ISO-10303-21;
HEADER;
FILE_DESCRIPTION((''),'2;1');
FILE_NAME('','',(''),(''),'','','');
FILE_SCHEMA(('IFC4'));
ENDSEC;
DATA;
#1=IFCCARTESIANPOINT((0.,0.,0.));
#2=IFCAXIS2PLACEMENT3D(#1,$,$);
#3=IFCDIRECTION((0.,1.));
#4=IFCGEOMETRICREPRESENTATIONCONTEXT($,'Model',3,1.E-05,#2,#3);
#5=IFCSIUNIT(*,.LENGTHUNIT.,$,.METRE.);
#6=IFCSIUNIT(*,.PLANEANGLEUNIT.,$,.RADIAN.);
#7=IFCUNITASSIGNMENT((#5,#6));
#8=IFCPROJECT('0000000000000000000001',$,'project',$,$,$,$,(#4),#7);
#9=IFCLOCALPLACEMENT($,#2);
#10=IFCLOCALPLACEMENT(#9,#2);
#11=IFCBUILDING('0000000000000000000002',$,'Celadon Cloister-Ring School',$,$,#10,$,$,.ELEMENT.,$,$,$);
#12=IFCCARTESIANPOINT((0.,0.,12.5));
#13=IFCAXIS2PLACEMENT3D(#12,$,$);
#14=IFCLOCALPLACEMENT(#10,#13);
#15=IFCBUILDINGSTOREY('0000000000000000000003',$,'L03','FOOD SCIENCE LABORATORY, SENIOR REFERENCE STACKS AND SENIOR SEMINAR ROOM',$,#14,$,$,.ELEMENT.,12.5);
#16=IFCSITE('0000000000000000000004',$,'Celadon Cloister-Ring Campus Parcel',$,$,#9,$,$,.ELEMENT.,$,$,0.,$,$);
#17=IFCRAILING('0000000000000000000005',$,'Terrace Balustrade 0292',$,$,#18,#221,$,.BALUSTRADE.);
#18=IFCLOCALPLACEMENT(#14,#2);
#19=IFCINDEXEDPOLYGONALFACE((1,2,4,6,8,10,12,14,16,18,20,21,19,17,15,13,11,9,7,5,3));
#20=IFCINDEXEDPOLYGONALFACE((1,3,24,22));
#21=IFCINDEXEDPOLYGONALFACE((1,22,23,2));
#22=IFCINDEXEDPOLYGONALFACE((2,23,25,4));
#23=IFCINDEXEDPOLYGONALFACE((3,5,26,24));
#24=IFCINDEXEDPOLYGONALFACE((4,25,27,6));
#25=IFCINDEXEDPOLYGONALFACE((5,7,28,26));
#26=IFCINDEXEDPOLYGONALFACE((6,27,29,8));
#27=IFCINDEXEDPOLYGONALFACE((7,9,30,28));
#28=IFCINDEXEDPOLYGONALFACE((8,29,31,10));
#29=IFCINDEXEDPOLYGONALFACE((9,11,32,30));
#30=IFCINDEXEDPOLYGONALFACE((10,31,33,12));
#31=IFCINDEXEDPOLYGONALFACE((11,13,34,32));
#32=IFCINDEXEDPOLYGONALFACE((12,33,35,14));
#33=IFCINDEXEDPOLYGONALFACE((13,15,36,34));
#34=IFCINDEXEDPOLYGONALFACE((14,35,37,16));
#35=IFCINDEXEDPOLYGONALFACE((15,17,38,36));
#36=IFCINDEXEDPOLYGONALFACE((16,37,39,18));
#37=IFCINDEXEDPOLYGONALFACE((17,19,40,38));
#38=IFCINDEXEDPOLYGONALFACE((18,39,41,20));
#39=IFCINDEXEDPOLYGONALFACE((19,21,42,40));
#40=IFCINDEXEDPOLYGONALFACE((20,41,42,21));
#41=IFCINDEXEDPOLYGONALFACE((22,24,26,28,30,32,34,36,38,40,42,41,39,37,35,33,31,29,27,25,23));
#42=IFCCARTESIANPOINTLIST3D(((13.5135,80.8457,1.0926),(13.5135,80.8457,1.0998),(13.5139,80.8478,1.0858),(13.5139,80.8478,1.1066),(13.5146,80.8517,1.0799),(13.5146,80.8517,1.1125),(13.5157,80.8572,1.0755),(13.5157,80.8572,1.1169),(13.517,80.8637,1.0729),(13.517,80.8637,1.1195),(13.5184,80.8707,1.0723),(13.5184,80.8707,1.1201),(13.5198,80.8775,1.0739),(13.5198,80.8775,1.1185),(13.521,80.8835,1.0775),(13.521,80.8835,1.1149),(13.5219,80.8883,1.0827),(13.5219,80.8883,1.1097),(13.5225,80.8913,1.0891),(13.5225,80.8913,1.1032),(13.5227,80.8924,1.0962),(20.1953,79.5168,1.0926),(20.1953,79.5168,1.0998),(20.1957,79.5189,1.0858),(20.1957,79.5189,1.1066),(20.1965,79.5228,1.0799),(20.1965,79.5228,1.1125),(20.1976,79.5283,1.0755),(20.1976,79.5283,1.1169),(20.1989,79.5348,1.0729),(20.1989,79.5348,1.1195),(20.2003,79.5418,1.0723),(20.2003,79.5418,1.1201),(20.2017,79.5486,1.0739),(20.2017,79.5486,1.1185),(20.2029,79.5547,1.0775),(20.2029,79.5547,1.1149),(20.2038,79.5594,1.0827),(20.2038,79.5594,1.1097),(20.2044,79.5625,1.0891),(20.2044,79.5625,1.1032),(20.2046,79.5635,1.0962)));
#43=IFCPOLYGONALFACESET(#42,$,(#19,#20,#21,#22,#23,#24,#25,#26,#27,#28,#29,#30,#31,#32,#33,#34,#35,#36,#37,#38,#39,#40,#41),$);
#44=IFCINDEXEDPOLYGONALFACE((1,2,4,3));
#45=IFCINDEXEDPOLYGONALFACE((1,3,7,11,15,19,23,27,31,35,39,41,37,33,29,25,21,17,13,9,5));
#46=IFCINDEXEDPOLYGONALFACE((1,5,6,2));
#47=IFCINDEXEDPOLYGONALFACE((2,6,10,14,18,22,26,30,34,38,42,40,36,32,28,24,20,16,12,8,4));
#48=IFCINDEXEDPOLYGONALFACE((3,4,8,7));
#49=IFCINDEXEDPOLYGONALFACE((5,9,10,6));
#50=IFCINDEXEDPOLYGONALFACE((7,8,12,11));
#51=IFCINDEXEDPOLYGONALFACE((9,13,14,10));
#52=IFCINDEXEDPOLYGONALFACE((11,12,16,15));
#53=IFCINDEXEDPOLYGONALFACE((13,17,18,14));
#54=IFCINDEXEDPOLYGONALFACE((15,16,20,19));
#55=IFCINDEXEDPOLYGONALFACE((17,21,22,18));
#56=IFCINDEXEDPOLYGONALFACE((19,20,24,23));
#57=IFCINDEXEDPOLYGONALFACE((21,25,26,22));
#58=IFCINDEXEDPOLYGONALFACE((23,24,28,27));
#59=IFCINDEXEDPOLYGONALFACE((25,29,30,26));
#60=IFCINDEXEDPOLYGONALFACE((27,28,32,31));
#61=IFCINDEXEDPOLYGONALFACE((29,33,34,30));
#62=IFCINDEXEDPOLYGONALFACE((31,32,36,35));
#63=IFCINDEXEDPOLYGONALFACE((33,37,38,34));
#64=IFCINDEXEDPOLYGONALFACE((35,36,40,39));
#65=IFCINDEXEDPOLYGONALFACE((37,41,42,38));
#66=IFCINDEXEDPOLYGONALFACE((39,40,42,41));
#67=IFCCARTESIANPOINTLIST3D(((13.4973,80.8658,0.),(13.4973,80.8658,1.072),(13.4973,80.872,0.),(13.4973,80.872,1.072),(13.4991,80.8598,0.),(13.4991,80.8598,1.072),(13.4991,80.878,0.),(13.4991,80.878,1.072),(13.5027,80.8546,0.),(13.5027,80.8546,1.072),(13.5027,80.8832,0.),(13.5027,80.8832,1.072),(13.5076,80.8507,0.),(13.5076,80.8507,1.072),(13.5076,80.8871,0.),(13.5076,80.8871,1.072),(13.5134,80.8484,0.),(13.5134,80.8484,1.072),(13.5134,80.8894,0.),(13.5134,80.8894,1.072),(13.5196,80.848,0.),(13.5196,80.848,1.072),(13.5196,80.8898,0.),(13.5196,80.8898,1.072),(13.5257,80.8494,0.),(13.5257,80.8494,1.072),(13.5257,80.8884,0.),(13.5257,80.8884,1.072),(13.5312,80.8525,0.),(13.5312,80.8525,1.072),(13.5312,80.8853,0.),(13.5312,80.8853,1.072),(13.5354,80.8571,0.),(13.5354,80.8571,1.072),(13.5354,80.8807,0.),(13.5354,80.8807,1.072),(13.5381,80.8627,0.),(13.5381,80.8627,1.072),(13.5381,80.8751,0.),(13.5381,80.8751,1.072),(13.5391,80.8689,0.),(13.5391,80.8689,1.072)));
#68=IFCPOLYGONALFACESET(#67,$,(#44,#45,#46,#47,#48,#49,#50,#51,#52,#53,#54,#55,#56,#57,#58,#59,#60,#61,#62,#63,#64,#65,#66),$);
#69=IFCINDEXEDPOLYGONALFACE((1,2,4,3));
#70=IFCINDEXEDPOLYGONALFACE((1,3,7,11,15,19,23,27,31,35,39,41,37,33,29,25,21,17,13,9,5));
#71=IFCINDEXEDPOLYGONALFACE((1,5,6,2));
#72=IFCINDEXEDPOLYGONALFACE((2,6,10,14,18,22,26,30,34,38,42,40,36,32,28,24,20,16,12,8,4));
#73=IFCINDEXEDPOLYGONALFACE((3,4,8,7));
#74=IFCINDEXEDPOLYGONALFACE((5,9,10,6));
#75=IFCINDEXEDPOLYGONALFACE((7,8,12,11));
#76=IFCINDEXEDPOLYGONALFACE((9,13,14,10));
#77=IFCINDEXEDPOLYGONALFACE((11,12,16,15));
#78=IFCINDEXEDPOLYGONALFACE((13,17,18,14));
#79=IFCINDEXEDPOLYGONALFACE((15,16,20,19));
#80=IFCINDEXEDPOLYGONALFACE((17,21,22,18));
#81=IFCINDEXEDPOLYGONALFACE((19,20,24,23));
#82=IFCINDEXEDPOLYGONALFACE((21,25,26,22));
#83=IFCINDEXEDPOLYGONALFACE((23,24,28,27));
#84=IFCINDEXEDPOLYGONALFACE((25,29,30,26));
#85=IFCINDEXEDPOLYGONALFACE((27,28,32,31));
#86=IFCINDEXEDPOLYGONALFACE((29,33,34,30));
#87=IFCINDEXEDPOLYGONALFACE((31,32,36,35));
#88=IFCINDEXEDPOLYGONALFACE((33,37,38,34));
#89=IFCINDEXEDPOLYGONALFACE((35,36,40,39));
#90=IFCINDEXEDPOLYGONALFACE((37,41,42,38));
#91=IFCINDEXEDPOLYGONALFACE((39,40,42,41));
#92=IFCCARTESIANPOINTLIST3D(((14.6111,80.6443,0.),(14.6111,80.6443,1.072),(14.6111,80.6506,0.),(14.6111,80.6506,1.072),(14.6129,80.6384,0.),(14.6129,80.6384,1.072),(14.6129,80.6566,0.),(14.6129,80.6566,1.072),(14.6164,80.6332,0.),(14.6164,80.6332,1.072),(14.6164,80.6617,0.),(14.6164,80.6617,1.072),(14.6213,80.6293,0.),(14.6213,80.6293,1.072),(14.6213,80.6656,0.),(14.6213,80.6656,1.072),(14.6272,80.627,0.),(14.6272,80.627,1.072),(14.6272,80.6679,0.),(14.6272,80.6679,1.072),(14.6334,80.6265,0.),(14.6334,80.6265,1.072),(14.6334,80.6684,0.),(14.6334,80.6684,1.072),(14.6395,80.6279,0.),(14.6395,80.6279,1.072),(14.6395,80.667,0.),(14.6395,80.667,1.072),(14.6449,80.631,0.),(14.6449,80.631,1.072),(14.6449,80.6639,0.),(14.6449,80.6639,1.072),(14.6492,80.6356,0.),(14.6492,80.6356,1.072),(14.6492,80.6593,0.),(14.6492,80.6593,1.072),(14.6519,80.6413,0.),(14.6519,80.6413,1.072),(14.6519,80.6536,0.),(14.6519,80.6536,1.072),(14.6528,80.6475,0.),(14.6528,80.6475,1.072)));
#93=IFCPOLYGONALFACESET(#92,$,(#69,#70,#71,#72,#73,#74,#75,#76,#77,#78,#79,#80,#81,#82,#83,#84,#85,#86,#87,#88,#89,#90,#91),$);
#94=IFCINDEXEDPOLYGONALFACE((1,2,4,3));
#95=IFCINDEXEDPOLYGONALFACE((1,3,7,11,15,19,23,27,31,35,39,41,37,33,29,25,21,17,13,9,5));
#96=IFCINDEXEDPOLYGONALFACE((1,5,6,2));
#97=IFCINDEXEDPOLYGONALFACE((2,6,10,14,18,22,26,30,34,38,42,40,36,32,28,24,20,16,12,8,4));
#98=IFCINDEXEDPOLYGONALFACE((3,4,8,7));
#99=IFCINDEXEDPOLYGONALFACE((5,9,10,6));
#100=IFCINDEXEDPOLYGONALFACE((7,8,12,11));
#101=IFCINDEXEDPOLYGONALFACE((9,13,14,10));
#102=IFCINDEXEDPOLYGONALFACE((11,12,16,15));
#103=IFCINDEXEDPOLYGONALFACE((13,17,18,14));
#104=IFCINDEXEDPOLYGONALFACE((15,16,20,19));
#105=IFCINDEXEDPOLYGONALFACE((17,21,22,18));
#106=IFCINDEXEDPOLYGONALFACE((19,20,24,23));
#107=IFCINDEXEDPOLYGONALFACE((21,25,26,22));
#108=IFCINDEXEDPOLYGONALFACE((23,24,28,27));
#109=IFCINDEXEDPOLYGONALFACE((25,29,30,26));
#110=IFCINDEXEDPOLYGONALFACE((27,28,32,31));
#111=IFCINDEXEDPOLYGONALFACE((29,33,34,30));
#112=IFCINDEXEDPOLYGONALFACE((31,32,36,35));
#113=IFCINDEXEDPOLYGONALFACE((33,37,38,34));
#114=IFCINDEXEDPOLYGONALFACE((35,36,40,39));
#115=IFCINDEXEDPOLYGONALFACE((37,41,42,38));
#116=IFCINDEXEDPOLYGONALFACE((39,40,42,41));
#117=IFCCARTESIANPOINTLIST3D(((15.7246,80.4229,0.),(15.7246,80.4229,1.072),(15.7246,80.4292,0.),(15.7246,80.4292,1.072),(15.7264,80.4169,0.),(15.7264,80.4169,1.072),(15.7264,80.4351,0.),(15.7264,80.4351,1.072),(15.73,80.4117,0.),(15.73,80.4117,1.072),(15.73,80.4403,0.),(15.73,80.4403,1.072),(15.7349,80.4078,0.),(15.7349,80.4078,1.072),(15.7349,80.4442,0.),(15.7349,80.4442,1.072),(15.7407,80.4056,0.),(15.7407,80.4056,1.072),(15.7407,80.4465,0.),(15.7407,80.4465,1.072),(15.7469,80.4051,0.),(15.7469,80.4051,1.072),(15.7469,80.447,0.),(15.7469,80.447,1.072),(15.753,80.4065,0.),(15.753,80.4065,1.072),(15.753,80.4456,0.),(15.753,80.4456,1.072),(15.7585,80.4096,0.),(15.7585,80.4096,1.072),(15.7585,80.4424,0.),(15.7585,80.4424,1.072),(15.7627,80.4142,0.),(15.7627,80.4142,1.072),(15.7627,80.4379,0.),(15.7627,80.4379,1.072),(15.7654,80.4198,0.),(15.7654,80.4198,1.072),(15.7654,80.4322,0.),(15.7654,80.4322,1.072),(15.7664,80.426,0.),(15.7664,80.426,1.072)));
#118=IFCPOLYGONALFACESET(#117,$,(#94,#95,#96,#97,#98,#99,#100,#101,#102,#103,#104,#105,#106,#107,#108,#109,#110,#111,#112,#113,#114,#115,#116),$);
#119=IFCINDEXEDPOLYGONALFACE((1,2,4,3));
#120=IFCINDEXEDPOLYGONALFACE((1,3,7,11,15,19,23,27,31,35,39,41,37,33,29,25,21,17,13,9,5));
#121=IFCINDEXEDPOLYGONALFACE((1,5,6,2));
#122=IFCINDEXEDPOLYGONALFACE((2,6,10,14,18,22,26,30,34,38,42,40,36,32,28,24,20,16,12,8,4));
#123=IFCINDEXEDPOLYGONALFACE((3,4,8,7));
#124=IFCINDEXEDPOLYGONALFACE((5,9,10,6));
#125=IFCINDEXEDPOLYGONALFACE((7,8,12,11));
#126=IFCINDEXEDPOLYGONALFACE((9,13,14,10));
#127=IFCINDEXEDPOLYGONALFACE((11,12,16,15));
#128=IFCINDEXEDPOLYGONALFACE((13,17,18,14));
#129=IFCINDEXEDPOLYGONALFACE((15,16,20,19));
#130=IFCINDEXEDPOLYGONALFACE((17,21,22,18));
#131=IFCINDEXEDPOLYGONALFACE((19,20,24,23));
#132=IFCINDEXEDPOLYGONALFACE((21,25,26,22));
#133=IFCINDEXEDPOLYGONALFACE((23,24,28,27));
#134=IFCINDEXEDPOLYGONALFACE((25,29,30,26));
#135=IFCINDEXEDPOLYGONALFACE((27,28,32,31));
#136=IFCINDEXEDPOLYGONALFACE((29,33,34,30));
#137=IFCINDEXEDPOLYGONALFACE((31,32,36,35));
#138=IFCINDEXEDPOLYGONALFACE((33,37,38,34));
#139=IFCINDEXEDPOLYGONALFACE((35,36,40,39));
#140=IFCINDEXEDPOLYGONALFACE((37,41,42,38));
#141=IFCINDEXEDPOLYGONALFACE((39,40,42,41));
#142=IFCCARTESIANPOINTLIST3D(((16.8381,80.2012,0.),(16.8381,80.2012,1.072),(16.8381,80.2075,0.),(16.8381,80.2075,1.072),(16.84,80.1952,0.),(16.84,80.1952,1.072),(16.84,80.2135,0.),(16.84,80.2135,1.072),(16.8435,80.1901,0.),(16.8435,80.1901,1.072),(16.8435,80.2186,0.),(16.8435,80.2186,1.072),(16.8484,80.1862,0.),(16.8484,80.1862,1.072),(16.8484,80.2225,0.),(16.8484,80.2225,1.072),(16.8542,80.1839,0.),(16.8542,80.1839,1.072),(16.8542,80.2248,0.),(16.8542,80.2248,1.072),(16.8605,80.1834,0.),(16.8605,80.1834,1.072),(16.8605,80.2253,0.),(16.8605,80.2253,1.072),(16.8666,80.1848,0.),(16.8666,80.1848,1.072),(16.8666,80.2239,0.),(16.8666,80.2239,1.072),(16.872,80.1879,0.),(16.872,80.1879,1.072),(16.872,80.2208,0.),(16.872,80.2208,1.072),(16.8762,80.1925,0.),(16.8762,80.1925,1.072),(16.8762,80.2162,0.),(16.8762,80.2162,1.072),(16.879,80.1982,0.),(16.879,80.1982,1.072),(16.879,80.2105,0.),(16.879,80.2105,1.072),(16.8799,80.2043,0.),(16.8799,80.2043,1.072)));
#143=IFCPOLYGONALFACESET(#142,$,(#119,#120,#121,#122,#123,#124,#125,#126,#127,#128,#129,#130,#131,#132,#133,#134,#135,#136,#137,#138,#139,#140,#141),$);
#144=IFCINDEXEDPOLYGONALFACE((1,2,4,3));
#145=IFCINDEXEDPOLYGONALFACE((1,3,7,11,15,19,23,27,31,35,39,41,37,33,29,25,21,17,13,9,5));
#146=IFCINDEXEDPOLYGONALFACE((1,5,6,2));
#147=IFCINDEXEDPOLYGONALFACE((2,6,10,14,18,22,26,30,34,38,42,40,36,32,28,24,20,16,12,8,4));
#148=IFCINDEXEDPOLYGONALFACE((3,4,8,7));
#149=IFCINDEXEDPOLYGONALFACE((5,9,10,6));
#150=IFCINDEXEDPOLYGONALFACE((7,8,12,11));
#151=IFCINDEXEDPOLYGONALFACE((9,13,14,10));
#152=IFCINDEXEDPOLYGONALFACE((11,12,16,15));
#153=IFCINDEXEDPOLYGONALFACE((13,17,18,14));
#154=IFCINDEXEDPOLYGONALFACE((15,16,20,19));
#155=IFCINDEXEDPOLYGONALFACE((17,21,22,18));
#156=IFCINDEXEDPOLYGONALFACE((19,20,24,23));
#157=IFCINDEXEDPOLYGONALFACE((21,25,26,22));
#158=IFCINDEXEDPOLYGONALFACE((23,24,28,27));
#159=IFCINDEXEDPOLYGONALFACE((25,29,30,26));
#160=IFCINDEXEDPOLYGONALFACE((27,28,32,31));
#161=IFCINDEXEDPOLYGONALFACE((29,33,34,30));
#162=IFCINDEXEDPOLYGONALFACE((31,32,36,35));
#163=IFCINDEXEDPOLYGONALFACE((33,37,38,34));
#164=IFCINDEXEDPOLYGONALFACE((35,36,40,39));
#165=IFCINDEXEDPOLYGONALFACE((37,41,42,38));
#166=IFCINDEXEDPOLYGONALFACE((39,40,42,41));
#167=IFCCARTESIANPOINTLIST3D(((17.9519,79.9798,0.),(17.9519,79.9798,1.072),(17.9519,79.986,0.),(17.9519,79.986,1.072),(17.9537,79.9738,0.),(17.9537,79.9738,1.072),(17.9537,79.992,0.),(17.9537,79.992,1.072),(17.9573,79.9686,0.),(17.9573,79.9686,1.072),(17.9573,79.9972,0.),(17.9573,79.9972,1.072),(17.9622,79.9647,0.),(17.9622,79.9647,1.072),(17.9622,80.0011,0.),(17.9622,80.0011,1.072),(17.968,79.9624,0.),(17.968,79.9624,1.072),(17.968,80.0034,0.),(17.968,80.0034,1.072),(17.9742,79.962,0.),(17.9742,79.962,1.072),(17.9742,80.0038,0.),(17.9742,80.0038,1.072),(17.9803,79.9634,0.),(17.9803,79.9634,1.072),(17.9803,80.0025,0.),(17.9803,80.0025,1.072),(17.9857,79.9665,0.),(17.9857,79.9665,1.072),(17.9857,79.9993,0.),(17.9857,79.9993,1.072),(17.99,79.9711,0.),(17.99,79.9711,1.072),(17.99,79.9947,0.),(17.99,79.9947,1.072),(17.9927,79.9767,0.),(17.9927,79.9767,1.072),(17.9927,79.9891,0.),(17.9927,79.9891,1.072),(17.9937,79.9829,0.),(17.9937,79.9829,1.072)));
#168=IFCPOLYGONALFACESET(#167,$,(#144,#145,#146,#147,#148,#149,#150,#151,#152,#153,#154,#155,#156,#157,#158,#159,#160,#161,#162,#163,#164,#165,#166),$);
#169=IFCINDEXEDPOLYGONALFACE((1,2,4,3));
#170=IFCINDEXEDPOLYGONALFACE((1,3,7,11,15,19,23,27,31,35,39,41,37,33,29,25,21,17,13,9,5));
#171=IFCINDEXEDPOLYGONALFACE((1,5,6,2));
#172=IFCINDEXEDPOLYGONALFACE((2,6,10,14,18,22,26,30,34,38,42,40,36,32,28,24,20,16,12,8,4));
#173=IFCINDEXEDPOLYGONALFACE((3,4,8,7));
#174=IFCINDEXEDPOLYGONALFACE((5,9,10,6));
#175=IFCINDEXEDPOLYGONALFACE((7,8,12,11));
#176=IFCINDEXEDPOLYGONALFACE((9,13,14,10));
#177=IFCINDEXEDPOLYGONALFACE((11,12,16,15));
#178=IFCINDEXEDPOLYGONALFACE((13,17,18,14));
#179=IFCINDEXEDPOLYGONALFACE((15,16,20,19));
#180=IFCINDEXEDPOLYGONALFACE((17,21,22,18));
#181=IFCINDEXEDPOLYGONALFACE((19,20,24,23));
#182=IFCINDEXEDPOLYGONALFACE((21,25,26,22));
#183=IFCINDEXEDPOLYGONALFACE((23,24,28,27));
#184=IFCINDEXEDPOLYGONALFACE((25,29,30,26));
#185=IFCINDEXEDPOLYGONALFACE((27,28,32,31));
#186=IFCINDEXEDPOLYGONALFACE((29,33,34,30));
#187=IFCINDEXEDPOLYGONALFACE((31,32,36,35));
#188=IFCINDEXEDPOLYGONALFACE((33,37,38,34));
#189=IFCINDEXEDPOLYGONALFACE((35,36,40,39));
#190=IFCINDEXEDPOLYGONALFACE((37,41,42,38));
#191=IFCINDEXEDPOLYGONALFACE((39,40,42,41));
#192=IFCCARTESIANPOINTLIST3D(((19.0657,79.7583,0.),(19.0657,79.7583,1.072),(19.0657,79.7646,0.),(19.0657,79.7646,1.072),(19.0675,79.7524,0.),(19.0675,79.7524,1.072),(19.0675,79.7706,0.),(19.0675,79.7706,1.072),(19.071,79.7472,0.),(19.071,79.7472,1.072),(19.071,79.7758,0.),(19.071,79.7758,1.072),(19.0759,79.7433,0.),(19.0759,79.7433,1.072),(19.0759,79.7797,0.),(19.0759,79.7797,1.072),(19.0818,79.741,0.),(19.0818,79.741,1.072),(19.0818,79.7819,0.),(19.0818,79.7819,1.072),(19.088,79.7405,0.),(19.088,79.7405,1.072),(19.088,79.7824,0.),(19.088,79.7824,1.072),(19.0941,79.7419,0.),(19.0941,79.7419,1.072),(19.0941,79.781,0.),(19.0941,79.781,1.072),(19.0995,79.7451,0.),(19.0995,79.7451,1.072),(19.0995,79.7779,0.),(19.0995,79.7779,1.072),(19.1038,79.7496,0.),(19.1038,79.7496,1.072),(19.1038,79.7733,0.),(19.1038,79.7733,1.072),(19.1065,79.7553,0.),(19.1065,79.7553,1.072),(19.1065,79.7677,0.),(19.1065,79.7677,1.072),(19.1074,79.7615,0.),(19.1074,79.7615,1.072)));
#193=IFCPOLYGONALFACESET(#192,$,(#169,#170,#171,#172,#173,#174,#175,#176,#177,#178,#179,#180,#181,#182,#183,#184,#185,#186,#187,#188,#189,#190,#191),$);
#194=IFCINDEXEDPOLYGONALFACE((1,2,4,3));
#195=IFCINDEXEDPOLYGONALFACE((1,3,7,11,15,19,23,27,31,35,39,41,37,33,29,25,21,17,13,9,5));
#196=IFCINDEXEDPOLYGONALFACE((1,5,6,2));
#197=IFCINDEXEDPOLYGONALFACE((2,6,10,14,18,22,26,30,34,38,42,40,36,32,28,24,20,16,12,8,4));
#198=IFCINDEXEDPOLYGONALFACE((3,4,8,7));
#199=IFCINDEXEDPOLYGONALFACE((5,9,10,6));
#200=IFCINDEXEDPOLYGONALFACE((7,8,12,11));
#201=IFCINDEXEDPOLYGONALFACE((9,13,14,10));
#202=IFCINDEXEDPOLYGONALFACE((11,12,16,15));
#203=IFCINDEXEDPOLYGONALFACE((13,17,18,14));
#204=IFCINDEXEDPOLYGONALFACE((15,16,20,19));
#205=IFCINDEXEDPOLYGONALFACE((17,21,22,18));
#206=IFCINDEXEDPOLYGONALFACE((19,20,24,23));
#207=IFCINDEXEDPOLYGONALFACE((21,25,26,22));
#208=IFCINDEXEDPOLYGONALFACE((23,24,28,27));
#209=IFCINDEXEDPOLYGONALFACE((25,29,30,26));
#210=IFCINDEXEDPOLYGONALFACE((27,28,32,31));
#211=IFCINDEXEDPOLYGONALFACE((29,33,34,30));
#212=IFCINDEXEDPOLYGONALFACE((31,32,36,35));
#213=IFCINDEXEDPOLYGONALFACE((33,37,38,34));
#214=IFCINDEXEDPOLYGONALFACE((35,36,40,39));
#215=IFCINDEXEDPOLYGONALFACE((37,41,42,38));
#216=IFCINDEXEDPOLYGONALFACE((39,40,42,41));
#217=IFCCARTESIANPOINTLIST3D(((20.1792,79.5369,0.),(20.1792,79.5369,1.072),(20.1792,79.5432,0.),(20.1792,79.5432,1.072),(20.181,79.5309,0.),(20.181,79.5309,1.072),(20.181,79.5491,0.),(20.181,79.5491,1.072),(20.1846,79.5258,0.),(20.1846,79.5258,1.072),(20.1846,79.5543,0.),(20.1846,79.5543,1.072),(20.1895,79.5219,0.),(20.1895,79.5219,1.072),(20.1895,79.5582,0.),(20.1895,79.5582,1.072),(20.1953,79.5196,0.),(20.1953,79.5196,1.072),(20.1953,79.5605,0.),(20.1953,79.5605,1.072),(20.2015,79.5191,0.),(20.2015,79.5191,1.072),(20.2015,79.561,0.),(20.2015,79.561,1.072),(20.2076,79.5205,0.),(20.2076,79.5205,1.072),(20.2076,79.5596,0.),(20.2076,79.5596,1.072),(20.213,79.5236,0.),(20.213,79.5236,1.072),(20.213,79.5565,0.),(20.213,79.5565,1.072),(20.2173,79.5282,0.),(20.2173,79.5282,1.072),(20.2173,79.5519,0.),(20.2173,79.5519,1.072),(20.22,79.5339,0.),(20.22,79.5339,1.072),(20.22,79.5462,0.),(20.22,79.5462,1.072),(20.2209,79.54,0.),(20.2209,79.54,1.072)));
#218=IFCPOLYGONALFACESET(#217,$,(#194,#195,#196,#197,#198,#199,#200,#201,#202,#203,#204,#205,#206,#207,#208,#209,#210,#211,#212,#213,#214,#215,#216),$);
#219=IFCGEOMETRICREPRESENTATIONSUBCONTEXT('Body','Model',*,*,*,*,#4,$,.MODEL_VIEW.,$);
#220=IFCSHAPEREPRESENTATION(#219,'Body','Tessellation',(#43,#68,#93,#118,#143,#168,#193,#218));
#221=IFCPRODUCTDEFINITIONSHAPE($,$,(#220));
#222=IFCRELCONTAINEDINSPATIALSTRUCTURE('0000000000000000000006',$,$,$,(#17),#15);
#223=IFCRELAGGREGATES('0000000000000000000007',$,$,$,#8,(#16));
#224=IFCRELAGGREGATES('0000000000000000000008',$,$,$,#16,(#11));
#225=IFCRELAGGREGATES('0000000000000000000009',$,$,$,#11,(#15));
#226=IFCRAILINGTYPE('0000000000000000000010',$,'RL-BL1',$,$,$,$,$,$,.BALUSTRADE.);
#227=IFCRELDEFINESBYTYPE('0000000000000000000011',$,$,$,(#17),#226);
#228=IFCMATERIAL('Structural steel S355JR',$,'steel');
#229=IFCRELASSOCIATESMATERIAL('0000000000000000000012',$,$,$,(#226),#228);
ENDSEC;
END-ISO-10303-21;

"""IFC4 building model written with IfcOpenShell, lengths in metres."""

from ifc_helpers import new_model, si_unit, direction, frame, origin, origin_2d, place, context, subcontext, project, spatial, circle, extrude, material, type_object, element, save


model = new_model("IFC4")

# Units and contexts
model_context = context("Model", 3, precision=1e-05, world=origin(), true_north=direction((0.0, 1.0)))
body_context = subcontext(model_context, "Body", "Model", "MODEL_VIEW")
ifc_project = project(units=[si_unit("LENGTHUNIT", "METRE"), si_unit("PLANEANGLEUNIT", "RADIAN")], contexts=[model_context])

# Site, building, storey
site_placement = place(None, origin())
site = spatial("IfcSite", under=ifc_project, at=site_placement, Name="Celadon Cloister-Ring Campus Parcel", CompositionType="ELEMENT", RefElevation=0.0)
building_placement = place(site_placement, origin())
building = spatial("IfcBuilding", under=site, at=building_placement, Name="Celadon Cloister-Ring School", CompositionType="ELEMENT")
storey_placement = place(building_placement, frame((0.0, 0.0, 12.5)))
storey = spatial("IfcBuildingStorey", under=building, at=storey_placement, Name="L03", Description="FOOD SCIENCE LABORATORY, SENIOR REFERENCE STACKS AND SENIOR SEMINAR ROOM", CompositionType="ELEMENT", Elevation=12.5)

# Railing
ifc_material_1 = material(Name="Structural steel S355JR", Category="steel")
railing_type = type_object("IfcRailingType", Name="RL-BL1", PredefinedType="BALUSTRADE", material=ifc_material_1)
railing_1_placement = place(storey_placement, frame((13.5181, 80.8689, 0.0)))
element("IfcRailing", 1, at=railing_1_placement, inside=storey, type_object=railing_type, Name="Terrace Balustrade 0292", PredefinedType="BALUSTRADE", context=body_context, shape_type="SweptSolid", body=[
    extrude(circle(Radius=0.0239, at=origin_2d()), frame((0.0, 0.0, 1.0962), z_axis=(0.980792, -0.195055, 0.0), x_axis=(0.195055, 0.980792, 0.0)), (0.0, 0.0, 1.0), 6.8127),
    extrude(circle(Radius=0.021, at=origin_2d()), origin(), (0.0, 0.0, 1.0), 1.072),
    extrude(circle(Radius=0.021, at=origin_2d()), frame((1.1138, -0.2214, 0.0)), (0.0, 0.0, 1.0), 1.072),
    extrude(circle(Radius=0.021, at=origin_2d()), frame((2.2273, -0.4429, 0.0)), (0.0, 0.0, 1.0), 1.072),
    extrude(circle(Radius=0.021, at=origin_2d()), frame((3.3408, -0.6646, 0.0)), (0.0, 0.0, 1.0), 1.072),
    extrude(circle(Radius=0.021, at=origin_2d()), frame((4.4546, -0.886, 0.0)), (0.0, 0.0, 1.0), 1.072),
    extrude(circle(Radius=0.021, at=origin_2d()), frame((5.5684, -1.1074, 0.0)), (0.0, 0.0, 1.0), 1.072),
    extrude(circle(Radius=0.021, at=origin_2d()), frame((6.6819, -1.3289, 0.0)), (0.0, 0.0, 1.0), 1.072),
])

save(model, "model.ifc")
